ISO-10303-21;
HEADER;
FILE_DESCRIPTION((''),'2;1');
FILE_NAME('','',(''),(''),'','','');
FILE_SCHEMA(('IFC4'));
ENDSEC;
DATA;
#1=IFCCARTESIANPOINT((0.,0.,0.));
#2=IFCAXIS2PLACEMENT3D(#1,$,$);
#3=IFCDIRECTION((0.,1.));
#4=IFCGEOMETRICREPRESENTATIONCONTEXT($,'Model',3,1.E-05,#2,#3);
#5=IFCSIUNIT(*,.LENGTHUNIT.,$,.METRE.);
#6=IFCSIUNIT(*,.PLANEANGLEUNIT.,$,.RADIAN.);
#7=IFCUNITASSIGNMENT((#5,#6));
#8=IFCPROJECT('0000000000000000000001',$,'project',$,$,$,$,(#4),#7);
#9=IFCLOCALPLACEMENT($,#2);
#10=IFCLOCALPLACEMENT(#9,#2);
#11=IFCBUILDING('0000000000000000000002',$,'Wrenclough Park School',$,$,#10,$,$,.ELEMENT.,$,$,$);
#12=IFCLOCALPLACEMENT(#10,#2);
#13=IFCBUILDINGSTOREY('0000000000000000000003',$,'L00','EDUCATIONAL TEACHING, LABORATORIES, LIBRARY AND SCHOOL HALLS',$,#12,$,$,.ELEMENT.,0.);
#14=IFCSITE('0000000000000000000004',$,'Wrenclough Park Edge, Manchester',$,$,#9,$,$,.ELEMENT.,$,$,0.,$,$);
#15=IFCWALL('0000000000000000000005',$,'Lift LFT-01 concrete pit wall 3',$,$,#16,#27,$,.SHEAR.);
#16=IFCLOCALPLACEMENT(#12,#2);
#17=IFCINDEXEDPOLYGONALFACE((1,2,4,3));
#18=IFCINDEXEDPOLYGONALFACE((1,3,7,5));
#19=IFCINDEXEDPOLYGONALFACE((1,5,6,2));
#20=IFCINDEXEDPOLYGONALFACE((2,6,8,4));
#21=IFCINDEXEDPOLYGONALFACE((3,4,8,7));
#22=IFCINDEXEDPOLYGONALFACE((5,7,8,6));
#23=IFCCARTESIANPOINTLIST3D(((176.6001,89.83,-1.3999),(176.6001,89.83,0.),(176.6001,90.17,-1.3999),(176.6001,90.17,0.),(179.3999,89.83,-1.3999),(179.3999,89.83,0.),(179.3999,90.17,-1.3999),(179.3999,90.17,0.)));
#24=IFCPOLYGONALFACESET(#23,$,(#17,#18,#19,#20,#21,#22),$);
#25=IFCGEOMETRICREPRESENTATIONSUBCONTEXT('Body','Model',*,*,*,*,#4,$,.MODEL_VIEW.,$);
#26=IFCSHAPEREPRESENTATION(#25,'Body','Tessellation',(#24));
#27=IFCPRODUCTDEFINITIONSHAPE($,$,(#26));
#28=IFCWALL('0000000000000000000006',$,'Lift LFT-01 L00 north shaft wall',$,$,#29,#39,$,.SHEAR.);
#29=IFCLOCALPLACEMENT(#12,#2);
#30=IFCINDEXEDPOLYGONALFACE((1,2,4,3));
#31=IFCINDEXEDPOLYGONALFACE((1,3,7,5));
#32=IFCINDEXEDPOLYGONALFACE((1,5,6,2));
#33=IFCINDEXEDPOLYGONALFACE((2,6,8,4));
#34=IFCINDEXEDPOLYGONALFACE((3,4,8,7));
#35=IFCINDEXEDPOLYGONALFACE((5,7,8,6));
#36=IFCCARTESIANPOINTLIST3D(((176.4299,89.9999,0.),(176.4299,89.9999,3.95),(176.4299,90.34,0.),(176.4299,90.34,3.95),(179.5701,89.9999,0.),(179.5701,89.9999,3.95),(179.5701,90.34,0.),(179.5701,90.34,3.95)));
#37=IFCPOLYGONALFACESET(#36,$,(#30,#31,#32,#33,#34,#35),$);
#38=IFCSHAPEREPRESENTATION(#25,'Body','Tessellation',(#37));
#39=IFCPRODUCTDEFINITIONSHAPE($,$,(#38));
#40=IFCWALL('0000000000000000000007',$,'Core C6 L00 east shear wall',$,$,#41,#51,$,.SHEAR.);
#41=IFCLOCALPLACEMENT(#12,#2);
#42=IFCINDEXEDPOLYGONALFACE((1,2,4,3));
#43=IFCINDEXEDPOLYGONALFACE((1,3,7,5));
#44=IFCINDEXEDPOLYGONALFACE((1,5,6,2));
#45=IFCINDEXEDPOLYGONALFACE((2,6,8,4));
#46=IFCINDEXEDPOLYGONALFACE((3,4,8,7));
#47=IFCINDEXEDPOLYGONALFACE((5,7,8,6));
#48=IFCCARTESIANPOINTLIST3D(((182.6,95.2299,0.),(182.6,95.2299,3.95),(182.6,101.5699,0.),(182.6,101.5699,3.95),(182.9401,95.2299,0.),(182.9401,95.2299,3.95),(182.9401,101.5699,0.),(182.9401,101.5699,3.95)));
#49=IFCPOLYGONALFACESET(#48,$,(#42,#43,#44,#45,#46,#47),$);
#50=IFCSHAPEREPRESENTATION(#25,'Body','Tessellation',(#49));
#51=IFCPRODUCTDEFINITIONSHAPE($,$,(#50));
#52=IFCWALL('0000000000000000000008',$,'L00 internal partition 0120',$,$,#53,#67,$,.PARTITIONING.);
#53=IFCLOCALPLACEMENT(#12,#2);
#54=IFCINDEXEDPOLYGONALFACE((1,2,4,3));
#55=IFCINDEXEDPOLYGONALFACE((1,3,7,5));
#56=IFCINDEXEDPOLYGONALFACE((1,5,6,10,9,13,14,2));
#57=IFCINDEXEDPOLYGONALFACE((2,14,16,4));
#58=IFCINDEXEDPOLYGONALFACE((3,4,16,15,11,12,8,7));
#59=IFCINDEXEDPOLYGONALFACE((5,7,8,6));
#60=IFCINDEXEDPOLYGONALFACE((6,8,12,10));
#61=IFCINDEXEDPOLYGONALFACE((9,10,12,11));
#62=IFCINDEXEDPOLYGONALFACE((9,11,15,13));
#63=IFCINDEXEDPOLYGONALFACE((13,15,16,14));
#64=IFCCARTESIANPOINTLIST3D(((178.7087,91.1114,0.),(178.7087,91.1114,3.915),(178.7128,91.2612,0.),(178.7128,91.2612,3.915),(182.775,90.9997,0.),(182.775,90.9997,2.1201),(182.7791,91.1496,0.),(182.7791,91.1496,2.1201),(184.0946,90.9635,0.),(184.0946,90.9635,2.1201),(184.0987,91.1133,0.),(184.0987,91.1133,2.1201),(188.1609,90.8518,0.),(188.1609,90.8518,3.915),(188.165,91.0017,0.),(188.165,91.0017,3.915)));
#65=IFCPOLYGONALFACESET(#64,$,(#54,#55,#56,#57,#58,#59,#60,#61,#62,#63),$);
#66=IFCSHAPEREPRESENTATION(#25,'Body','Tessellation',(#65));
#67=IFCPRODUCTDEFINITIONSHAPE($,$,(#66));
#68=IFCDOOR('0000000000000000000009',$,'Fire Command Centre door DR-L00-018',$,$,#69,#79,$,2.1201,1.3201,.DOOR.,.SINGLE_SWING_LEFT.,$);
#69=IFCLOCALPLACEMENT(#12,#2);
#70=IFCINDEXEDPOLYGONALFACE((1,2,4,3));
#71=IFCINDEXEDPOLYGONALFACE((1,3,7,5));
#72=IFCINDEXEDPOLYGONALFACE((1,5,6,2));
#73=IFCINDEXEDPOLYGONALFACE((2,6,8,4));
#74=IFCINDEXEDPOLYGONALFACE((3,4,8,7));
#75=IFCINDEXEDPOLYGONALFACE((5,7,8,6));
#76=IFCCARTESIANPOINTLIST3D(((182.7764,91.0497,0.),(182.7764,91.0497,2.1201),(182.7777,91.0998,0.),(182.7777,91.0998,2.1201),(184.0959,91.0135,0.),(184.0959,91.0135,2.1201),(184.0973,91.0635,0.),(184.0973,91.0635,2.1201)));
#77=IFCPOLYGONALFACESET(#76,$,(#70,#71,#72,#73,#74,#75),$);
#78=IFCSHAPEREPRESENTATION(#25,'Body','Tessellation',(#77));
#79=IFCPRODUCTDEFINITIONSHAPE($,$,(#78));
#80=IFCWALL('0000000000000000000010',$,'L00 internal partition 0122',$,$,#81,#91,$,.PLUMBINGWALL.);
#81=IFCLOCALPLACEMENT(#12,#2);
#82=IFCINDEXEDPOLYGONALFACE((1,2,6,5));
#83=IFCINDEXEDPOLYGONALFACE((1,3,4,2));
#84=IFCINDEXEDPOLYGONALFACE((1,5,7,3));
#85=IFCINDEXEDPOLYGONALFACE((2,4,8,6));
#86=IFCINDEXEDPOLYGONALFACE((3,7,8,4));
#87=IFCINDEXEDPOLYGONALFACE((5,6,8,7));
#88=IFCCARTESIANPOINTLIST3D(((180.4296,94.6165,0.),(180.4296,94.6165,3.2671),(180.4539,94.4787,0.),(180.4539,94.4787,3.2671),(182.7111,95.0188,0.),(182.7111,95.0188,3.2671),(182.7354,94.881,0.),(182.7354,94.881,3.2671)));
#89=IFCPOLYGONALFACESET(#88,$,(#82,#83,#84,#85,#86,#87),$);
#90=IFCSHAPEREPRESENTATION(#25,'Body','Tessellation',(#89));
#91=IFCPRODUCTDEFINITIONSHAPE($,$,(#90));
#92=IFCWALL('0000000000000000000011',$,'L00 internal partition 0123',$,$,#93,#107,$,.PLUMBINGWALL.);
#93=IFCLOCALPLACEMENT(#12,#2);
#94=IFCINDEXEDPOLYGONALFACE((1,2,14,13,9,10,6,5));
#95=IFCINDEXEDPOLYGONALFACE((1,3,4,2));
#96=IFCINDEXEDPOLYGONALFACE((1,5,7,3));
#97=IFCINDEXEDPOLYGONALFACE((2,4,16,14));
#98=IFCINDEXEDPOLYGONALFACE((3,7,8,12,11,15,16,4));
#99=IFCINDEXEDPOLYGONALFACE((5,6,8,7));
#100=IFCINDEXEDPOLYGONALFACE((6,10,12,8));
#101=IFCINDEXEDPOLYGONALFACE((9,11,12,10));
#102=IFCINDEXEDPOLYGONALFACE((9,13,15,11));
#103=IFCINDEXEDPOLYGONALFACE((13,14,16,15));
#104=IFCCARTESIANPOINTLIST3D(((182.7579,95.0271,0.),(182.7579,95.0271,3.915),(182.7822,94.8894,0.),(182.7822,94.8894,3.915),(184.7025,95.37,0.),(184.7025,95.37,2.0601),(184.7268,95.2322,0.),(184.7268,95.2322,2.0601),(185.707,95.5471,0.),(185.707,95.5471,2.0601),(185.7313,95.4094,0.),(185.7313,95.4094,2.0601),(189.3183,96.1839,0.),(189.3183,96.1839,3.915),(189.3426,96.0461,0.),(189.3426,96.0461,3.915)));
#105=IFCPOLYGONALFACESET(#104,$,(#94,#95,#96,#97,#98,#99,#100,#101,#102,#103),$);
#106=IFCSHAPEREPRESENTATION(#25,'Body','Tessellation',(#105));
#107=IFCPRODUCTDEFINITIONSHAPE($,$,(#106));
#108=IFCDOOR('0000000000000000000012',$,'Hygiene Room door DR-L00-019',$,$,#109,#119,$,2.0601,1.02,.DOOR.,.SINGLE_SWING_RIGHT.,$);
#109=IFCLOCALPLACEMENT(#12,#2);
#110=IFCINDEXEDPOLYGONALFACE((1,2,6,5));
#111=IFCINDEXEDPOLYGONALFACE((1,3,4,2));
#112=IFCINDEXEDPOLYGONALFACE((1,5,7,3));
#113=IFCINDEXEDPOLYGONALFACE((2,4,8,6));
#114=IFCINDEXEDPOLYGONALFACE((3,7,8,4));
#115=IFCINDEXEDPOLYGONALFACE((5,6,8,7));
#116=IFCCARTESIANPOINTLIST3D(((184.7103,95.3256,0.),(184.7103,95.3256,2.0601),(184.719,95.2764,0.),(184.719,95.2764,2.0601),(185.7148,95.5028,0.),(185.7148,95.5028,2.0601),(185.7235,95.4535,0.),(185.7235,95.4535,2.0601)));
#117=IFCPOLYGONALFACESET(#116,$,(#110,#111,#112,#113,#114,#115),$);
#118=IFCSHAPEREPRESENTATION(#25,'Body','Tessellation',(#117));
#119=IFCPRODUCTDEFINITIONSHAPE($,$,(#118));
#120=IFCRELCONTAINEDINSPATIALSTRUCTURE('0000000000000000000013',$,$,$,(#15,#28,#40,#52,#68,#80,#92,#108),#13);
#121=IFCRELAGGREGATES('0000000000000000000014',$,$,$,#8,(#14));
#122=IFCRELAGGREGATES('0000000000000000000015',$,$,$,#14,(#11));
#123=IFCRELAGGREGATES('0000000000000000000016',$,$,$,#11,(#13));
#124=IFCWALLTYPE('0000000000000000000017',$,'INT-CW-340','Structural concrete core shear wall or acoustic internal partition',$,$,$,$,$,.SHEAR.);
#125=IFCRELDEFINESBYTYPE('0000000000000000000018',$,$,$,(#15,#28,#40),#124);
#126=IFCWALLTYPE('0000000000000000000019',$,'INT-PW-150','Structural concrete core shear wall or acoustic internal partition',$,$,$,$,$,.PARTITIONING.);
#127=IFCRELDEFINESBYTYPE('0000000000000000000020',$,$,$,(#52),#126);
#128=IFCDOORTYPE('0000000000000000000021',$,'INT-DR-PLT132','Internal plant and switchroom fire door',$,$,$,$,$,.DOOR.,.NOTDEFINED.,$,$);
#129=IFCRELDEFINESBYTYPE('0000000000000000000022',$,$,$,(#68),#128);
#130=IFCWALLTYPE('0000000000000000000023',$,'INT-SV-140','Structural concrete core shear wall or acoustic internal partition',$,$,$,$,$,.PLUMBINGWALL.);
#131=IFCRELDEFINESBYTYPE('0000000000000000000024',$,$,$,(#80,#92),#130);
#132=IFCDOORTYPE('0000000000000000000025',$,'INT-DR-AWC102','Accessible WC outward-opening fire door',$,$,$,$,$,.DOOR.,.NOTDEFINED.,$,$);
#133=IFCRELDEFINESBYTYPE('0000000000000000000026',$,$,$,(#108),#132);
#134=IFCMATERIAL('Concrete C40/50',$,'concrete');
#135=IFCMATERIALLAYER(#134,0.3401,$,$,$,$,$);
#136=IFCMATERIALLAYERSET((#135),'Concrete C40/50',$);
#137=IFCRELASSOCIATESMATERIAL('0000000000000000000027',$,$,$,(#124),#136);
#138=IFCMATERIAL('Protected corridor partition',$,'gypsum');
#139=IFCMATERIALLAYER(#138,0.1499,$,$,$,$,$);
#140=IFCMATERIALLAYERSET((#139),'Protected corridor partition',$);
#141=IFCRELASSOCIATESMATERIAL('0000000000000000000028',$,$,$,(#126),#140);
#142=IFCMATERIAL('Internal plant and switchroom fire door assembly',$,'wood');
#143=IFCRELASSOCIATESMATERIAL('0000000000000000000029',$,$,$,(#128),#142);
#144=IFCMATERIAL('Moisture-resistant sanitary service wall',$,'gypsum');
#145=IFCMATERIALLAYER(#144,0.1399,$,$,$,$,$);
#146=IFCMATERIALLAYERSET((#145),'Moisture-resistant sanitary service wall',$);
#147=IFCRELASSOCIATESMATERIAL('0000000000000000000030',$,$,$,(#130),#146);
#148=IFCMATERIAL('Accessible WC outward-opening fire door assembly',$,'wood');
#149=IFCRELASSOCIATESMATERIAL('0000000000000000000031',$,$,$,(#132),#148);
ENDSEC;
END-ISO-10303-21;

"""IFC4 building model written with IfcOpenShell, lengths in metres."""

from ifc_helpers import new_model, si_unit, direction, frame, frame_2d, origin, place, context, subcontext, project, spatial, rectangle, extrude, material, layer, layer_set, type_object, element, fill, save


model = new_model("IFC4")

# Units and contexts
model_context = context("Model", 3, precision=1e-05, world=origin(), true_north=direction((0.0, 1.0)))
body_context = subcontext(model_context, "Body", "Model", "MODEL_VIEW")
ifc_project = project(units=[si_unit("LENGTHUNIT", "METRE"), si_unit("PLANEANGLEUNIT", "RADIAN")], contexts=[model_context])

# Site, building, storey
site_placement = place(None, origin())
site = spatial("IfcSite", under=ifc_project, at=site_placement, Name="Wrenclough Park Edge, Manchester", CompositionType="ELEMENT", RefElevation=0.0)
building_placement = place(site_placement, origin())
building = spatial("IfcBuilding", under=site, at=building_placement, Name="Wrenclough Park School", CompositionType="ELEMENT")
storey_placement = place(building_placement, origin())
storey = spatial("IfcBuildingStorey", under=building, at=storey_placement, Name="L00", Description="EDUCATIONAL TEACHING, LABORATORIES, LIBRARY AND SCHOOL HALLS", CompositionType="ELEMENT", Elevation=0.0)

# Shared definitions
ifc_material_1 = material(Name="Concrete C40/50", Category="concrete")

# Walls
ifc_layer_1 = layer(ifc_material_1, 0.3401)
ifc_layer_set_1 = layer_set([ifc_layer_1], Name="Concrete C40/50")
wall_type_1 = type_object("IfcWallType", Name="INT-CW-340", Description="Structural concrete core shear wall or acoustic internal partition", PredefinedType="SHEAR", material=ifc_layer_set_1)
wall_1_placement = place(storey_placement, frame((179.3999, 90.0, -1.3999), z_axis=(0.0, 0.0, 1.0), x_axis=(-1.0, 0.0, 0.0)))
element("IfcWall", 1, at=wall_1_placement, inside=storey, type_object=wall_type_1, Name="Lift LFT-01 concrete pit wall 3", PredefinedType="SHEAR", context=body_context, shape_type="SweptSolid", body=[
    extrude(rectangle(XDim=2.7998, YDim=0.3401, at=frame_2d((1.3999, 0.0))), origin(), (0.0, 0.0, 1.0), 1.3999),
])
wall_2_placement = place(storey_placement, frame((179.5701, 90.1699, 0.0), z_axis=(0.0, 0.0, 1.0), x_axis=(-1.0, 0.0, 0.0)))
element("IfcWall", 2, at=wall_2_placement, inside=storey, type_object=wall_type_1, Name="Lift LFT-01 L00 north shaft wall", PredefinedType="SHEAR", context=body_context, shape_type="SweptSolid", body=[
    extrude(rectangle(XDim=3.1401, YDim=0.3401, at=frame_2d((1.5701, 0.0))), origin(), (0.0, 0.0, 1.0), 3.95),
])
wall_3_placement = place(storey_placement, frame((182.77, 95.23, 0.0), z_axis=(0.0, 0.0, 1.0), x_axis=(0.0, 1.0, 0.0)))
element("IfcWall", 3, at=wall_3_placement, inside=storey, type_object=wall_type_1, Name="Core C6 L00 east shear wall", PredefinedType="SHEAR", context=body_context, shape_type="SweptSolid", body=[
    extrude(rectangle(XDim=6.3401, YDim=0.3401, at=frame_2d((3.1699, 0.0))), origin(), (0.0, 0.0, 1.0), 3.95),
])

# Wall, opening, door
ifc_material_2 = material(Name="Protected corridor partition", Category="gypsum")
ifc_layer_2 = layer(ifc_material_2, 0.1499)
ifc_layer_set_2 = layer_set([ifc_layer_2], Name="Protected corridor partition")
wall_type_2 = type_object("IfcWallType", Name="INT-PW-150", Description="Structural concrete core shear wall or acoustic internal partition", PredefinedType="PARTITIONING", material=ifc_layer_set_2)
wall_4_placement = place(storey_placement, frame((188.1631, 90.9268, 0.0), z_axis=(0.0, 0.0, 1.0), x_axis=(-0.999623, 0.027446, 0.0)))
wall_4 = element("IfcWall", 4, at=wall_4_placement, inside=storey, type_object=wall_type_2, Name="L00 internal partition 0120", PredefinedType="PARTITIONING", context=body_context, shape_type="SweptSolid", body=[
    extrude(rectangle(XDim=9.4558, YDim=0.1499, at=frame_2d((4.728, 0.0))), origin(), (0.0, 0.0, 1.0), 3.915),
])
opening_1_placement = place(wall_4_placement, frame((4.0679, 0.0, 0.0)))
opening_1 = element("IfcOpeningElement", 5, at=opening_1_placement, cuts=wall_4, PredefinedType="OPENING", context=body_context, shape_type="SweptSolid", body=[
    extrude(rectangle(XDim=1.3201, YDim=2.1201, at=frame_2d((0.6602, 1.0601))), frame((0.0, 0.085, 0.0), z_axis=(0.0, -1.0, 0.0), x_axis=(1.0, 0.0, 0.0)), (0.0, 0.0, 1.0), 0.1699),
])
ifc_material_3 = material(Name="Internal plant and switchroom fire door assembly", Category="wood")
door_type_1 = type_object("IfcDoorType", Name="INT-DR-PLT132", Description="Internal plant and switchroom fire door", OperationType="NOTDEFINED", PredefinedType="DOOR", material=ifc_material_3)
door_1_placement = place(opening_1_placement, origin())
door_1 = element("IfcDoor", 6, at=door_1_placement, inside=storey, type_object=door_type_1, Name="Fire Command Centre door DR-L00-018", OperationType="SINGLE_SWING_LEFT", OverallHeight=2.1201, OverallWidth=1.3201, PredefinedType="DOOR", context=body_context, shape_type="SweptSolid", body=[
    extrude(rectangle(XDim=1.3201, YDim=2.1201, at=frame_2d((0.6602, 1.0601))), frame((0.0, 0.0249, 0.0), z_axis=(0.0, -1.0, 0.0), x_axis=(1.0, 0.0, 0.0)), (0.0, 0.0, 1.0), 0.05),
])
fill(opening_1, door_1)

# Wall
ifc_material_4 = material(Name="Moisture-resistant sanitary service wall", Category="gypsum")
ifc_layer_3 = layer(ifc_material_4, 0.1399)
ifc_layer_set_3 = layer_set([ifc_layer_3], Name="Moisture-resistant sanitary service wall")
wall_type_3 = type_object("IfcWallType", Name="INT-SV-140", Description="Structural concrete core shear wall or acoustic internal partition", PredefinedType="PLUMBINGWALL", material=ifc_layer_set_3)
wall_5_placement = place(storey_placement, frame((180.4419, 94.5476, 0.0), z_axis=(0.0, 0.0, 1.0), x_axis=(0.984804, 0.173671, 0.0)))
element("IfcWall", 7, at=wall_5_placement, inside=storey, type_object=wall_type_3, Name="L00 internal partition 0122", PredefinedType="PLUMBINGWALL", context=body_context, shape_type="SweptSolid", body=[
    extrude(rectangle(XDim=2.3167, YDim=0.1399, at=frame_2d((1.1582, 0.0))), origin(), (0.0, 0.0, 1.0), 3.2671),
])

# Wall, opening, door
wall_6_placement = place(storey_placement, frame((182.77, 94.9583, 0.0), z_axis=(0.0, 0.0, 1.0), x_axis=(0.984809, 0.173639, 0.0)))
wall_6 = element("IfcWall", 8, at=wall_6_placement, inside=storey, type_object=wall_type_3, Name="L00 internal partition 0123", PredefinedType="PLUMBINGWALL", context=body_context, shape_type="SweptSolid", body=[
    extrude(rectangle(XDim=6.6616, YDim=0.1399, at=frame_2d((3.3308, 0.0))), origin(), (0.0, 0.0, 1.0), 3.915),
])
opening_2_placement = place(wall_6_placement, frame((1.9746, 0.0, 0.0)))
opening_2 = element("IfcOpeningElement", 9, at=opening_2_placement, cuts=wall_6, PredefinedType="OPENING", context=body_context, shape_type="SweptSolid", body=[
    extrude(rectangle(XDim=1.02, YDim=2.0601, at=frame_2d((0.51, 1.03))), frame((0.0, 0.0798, 0.0), z_axis=(0.0, -1.0, 0.0), x_axis=(1.0, 0.0, 0.0)), (0.0, 0.0, 1.0), 0.1599),
])
ifc_material_5 = material(Name="Accessible WC outward-opening fire door assembly", Category="wood")
door_type_2 = type_object("IfcDoorType", Name="INT-DR-AWC102", Description="Accessible WC outward-opening fire door", OperationType="NOTDEFINED", PredefinedType="DOOR", material=ifc_material_5)
door_2_placement = place(opening_2_placement, origin())
door_2 = element("IfcDoor", 10, at=door_2_placement, inside=storey, type_object=door_type_2, Name="Hygiene Room door DR-L00-019", OperationType="SINGLE_SWING_RIGHT", OverallHeight=2.0601, OverallWidth=1.02, PredefinedType="DOOR", context=body_context, shape_type="SweptSolid", body=[
    extrude(rectangle(XDim=1.02, YDim=2.0601, at=frame_2d((0.51, 1.03))), frame((0.0, 0.0249, 0.0), z_axis=(0.0, -1.0, 0.0), x_axis=(1.0, 0.0, 0.0)), (0.0, 0.0, 1.0), 0.05),
])
fill(opening_2, door_2)

save(model, "model.ifc")
